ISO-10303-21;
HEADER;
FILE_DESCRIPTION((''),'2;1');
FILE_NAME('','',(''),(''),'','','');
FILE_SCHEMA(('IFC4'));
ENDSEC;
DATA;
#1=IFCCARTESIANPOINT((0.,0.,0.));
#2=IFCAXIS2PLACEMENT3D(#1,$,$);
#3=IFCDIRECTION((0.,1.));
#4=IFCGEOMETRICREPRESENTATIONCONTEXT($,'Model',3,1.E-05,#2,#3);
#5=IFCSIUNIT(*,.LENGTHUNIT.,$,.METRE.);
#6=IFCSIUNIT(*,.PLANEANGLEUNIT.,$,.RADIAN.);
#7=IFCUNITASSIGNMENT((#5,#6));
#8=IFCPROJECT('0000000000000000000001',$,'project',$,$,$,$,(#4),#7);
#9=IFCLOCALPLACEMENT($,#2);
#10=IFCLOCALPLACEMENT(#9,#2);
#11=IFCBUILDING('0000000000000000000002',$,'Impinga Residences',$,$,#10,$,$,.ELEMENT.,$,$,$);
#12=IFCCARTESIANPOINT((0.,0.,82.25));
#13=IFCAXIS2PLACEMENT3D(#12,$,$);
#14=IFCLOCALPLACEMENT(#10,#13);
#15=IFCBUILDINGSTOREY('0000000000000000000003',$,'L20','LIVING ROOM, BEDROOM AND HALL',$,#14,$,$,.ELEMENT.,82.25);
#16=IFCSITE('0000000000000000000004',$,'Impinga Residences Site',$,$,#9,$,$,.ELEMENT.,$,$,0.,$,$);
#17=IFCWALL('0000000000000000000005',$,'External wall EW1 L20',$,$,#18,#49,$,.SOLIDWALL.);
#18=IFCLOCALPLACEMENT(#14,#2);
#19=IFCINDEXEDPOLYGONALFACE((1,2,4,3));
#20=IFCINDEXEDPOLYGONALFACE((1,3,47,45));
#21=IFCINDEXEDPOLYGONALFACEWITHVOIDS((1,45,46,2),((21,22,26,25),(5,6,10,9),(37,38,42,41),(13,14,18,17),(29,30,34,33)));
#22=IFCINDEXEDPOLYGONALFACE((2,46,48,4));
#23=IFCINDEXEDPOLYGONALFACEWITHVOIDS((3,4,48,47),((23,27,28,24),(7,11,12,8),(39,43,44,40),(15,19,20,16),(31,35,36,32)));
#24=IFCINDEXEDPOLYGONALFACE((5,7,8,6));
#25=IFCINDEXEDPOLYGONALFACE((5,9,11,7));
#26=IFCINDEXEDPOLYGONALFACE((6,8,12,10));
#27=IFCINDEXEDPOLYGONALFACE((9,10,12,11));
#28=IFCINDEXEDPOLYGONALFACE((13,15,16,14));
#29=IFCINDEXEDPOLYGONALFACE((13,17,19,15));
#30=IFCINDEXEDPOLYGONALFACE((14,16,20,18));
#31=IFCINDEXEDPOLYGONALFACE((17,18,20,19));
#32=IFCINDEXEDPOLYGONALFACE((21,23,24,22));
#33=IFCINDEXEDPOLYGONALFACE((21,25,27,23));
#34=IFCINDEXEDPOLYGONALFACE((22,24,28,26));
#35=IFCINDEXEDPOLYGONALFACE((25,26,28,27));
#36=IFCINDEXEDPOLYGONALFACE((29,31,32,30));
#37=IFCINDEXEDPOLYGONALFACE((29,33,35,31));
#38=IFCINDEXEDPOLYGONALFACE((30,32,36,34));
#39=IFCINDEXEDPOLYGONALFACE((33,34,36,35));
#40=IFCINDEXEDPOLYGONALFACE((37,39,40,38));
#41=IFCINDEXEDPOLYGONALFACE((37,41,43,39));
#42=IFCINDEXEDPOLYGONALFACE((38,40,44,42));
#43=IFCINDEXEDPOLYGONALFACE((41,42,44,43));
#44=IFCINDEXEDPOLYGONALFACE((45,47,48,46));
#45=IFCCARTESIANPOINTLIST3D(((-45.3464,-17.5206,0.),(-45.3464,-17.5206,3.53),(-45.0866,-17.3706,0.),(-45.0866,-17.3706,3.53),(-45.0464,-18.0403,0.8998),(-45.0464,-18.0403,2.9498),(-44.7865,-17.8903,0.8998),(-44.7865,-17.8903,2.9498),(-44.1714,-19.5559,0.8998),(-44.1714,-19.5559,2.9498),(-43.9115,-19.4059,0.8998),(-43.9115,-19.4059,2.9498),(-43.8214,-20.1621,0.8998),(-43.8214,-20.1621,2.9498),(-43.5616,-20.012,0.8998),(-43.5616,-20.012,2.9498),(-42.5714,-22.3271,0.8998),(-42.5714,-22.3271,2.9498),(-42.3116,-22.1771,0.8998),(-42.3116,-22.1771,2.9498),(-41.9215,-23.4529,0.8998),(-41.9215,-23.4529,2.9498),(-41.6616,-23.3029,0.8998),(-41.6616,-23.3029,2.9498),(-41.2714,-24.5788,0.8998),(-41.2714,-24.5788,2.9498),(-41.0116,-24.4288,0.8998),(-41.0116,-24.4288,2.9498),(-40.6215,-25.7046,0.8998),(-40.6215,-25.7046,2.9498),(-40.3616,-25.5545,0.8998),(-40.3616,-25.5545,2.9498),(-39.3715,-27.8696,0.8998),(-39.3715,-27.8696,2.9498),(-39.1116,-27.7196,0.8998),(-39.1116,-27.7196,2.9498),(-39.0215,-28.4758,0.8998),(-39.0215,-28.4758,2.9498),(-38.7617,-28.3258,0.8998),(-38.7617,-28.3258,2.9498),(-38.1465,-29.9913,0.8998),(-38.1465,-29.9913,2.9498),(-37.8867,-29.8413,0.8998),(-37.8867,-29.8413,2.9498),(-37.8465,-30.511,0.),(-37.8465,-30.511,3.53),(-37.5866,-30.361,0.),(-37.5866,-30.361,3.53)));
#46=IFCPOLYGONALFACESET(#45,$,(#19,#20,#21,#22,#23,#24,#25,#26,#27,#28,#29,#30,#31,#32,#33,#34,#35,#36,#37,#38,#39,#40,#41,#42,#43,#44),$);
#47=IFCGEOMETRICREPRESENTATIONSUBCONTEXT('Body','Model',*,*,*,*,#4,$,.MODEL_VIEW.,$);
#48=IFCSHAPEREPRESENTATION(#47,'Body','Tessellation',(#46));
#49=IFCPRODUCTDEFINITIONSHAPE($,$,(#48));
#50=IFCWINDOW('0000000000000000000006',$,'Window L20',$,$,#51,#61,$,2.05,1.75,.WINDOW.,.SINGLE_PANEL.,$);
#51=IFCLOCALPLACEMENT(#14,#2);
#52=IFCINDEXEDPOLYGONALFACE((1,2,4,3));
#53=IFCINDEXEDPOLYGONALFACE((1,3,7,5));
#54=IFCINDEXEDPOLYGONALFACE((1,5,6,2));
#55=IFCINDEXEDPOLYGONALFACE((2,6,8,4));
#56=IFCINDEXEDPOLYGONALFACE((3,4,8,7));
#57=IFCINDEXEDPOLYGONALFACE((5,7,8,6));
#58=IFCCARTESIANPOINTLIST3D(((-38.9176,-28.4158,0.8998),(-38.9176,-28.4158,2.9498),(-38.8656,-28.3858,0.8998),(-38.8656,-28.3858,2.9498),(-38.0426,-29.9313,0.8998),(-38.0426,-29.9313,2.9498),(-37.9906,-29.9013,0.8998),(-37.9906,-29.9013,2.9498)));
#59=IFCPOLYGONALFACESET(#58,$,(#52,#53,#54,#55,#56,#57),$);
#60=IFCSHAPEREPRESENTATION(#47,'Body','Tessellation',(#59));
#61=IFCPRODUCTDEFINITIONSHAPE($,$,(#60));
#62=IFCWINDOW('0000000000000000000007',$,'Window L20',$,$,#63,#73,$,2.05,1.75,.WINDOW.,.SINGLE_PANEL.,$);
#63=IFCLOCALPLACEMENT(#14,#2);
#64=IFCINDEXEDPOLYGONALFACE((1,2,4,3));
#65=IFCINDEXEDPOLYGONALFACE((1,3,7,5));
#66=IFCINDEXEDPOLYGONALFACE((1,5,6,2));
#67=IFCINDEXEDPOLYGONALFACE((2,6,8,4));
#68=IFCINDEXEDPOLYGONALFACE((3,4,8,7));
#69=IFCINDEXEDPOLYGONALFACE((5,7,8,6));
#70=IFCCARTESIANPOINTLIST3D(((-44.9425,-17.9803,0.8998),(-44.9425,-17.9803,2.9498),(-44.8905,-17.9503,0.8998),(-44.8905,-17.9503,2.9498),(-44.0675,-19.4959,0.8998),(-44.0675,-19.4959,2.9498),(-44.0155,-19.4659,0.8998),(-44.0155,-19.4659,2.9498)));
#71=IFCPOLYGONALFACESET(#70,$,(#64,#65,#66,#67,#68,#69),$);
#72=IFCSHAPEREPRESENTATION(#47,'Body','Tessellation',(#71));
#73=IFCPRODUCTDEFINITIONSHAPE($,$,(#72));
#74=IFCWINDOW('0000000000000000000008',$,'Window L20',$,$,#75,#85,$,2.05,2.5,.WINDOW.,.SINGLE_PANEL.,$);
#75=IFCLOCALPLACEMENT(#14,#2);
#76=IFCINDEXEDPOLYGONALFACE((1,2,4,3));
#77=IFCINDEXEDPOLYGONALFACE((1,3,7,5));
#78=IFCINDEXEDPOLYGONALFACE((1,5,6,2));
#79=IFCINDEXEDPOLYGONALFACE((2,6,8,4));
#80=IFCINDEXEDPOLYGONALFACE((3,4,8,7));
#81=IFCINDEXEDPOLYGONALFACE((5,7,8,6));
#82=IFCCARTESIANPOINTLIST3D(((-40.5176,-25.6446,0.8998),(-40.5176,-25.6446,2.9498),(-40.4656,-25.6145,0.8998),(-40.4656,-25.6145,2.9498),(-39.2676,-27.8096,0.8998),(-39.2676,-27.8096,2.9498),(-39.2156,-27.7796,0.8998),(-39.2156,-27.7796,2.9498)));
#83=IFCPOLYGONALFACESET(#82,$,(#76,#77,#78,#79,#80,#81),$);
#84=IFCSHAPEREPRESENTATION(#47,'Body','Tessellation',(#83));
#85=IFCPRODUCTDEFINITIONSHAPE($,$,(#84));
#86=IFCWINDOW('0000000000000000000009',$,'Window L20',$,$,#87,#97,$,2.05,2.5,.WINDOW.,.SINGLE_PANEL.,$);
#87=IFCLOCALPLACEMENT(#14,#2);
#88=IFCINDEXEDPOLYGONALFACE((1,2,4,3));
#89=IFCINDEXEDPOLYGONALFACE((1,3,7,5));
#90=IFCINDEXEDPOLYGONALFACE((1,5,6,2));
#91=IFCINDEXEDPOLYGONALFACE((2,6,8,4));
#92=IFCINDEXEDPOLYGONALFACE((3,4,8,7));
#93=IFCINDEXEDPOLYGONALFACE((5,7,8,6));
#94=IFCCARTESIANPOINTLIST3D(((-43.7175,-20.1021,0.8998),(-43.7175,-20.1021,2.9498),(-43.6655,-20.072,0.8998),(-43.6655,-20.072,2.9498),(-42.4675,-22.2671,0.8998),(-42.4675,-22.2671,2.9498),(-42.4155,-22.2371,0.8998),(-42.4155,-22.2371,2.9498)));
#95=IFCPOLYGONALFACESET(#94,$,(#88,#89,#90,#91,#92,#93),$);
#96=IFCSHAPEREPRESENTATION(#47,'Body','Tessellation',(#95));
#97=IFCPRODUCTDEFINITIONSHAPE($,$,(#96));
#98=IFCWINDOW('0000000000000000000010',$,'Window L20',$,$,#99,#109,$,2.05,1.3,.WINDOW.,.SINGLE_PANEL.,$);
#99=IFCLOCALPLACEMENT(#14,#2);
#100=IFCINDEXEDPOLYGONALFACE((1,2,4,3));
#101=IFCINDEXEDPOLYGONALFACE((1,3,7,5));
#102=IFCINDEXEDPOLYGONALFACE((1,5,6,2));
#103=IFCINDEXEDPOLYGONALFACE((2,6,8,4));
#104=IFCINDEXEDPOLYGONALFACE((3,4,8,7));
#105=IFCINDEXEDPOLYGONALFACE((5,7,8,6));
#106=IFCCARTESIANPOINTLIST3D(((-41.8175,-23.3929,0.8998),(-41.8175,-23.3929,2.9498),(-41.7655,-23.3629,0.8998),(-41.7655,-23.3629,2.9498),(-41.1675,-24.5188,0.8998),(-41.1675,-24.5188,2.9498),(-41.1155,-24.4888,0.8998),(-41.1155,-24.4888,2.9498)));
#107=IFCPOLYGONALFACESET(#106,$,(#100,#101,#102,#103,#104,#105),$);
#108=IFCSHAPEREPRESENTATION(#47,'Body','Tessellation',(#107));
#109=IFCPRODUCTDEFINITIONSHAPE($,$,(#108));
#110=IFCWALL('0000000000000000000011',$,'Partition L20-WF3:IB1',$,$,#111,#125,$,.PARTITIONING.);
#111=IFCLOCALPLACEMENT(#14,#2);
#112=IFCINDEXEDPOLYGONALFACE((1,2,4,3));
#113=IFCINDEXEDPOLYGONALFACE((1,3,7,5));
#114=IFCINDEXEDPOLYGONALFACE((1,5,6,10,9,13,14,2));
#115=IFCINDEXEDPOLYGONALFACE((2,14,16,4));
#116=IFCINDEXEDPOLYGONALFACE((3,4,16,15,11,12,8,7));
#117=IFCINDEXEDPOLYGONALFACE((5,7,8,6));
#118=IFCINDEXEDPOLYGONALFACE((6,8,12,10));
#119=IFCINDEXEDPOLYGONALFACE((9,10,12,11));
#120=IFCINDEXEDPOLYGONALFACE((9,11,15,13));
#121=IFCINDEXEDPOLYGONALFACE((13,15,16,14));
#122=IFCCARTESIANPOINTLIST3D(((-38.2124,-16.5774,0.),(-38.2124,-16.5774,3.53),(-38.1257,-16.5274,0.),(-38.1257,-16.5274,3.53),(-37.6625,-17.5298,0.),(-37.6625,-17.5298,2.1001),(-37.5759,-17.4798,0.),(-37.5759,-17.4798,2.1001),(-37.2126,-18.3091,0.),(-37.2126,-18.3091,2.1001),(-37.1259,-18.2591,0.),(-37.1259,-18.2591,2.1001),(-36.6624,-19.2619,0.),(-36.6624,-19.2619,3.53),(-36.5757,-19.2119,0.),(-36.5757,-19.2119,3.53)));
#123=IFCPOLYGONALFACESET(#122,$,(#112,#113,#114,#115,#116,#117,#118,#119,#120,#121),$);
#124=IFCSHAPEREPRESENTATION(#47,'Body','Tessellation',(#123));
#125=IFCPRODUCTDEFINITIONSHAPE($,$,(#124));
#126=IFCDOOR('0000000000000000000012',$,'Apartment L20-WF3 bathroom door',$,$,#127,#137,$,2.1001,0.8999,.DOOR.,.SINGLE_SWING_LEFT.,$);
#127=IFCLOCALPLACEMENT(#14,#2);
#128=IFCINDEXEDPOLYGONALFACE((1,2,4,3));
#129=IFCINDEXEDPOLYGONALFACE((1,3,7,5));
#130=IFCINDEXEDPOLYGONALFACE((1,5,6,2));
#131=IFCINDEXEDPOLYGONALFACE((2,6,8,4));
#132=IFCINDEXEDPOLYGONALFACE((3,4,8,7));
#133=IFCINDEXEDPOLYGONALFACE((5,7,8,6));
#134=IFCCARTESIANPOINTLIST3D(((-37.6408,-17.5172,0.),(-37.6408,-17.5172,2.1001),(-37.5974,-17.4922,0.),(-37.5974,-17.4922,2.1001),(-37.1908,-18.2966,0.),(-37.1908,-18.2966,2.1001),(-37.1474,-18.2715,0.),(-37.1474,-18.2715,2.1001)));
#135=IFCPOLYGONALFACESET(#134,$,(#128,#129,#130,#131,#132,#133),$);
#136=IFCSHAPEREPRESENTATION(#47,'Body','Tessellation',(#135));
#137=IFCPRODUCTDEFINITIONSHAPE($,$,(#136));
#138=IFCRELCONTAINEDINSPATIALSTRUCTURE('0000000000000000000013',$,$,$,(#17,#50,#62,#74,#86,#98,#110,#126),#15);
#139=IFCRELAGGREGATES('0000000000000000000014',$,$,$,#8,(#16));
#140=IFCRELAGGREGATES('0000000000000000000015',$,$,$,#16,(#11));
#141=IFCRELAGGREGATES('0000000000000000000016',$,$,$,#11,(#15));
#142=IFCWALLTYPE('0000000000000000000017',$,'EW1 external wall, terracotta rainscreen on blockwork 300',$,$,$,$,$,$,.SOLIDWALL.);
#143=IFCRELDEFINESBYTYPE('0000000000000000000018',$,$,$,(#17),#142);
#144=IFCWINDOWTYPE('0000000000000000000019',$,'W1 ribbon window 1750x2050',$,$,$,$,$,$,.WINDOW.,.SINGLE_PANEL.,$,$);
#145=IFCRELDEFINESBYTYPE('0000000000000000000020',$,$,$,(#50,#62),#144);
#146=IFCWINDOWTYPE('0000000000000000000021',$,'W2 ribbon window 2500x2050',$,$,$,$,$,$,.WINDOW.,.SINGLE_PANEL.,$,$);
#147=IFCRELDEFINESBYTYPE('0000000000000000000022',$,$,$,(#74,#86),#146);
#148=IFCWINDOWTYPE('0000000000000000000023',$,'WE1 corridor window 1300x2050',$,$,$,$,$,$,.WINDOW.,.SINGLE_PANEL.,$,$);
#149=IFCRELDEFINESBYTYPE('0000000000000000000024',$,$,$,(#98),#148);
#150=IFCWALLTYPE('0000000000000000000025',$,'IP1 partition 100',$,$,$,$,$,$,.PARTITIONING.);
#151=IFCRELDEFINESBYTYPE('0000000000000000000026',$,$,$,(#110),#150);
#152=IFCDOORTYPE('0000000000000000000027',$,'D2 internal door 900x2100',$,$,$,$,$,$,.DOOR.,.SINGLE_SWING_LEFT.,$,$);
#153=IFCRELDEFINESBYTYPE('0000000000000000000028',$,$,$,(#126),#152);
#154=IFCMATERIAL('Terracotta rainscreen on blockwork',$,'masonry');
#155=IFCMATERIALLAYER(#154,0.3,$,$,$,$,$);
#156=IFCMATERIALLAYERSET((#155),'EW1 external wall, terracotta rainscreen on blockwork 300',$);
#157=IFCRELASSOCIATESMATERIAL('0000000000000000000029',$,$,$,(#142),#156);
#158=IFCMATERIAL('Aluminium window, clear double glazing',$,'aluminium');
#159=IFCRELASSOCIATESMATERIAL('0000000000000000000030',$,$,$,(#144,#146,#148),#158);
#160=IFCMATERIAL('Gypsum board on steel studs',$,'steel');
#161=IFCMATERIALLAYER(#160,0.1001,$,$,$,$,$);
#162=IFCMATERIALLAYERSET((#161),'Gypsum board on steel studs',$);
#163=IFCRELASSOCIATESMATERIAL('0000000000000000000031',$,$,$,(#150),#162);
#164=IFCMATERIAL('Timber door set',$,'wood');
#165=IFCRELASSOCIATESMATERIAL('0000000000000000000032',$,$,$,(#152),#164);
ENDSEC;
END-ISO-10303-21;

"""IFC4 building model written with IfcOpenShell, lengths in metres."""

from ifc_helpers import new_model, si_unit, direction, frame, frame_2d, origin, place, context, subcontext, project, spatial, rectangle, extrude, material, layer, layer_set, type_object, element, fill, save


model = new_model("IFC4")

# Units and contexts
model_context = context("Model", 3, precision=1e-05, world=origin(), true_north=direction((0.0, 1.0)))
body_context = subcontext(model_context, "Body", "Model", "MODEL_VIEW")
ifc_project = project(units=[si_unit("LENGTHUNIT", "METRE"), si_unit("PLANEANGLEUNIT", "RADIAN")], contexts=[model_context])

# Site, building, storey
site_placement = place(None, origin())
site = spatial("IfcSite", under=ifc_project, at=site_placement, Name="Impinga Residences Site", CompositionType="ELEMENT", RefElevation=0.0)
building_placement = place(site_placement, origin())
building = spatial("IfcBuilding", under=site, at=building_placement, Name="Impinga Residences", CompositionType="ELEMENT")
storey_placement = place(building_placement, frame((0.0, 0.0, 82.25)))
storey = spatial("IfcBuildingStorey", under=building, at=storey_placement, Name="L20", Description="LIVING ROOM, BEDROOM AND HALL", CompositionType="ELEMENT", Elevation=82.25)

# Shared definitions
ifc_material_1 = material(Name="Terracotta rainscreen on blockwork", Category="masonry")
ifc_layer_1 = layer(ifc_material_1, 0.3)
ifc_layer_set_1 = layer_set([ifc_layer_1], Name="EW1 external wall, terracotta rainscreen on blockwork 300")
wall_type_1 = type_object("IfcWallType", Name="EW1 external wall, terracotta rainscreen on blockwork 300", PredefinedType="SOLIDWALL", material=ifc_layer_set_1)

# Wall, openings, windows
wall_1_placement = place(storey_placement, frame((-37.7166, -30.436, 0.0), z_axis=(0.0, 0.0, 1.0), x_axis=(-0.499997, 0.866027, 0.0)))
wall_1 = element("IfcWall", 1, at=wall_1_placement, inside=storey, type_object=wall_type_1, Name="External wall EW1 L20", PredefinedType="SOLIDWALL", context=body_context, shape_type="SweptSolid", body=[
    extrude(rectangle(XDim=15.0, YDim=0.3, at=frame_2d((7.5, 0.0))), origin(), (0.0, 0.0, 1.0), 3.53),
])
opening_1_placement = place(wall_1_placement, frame((0.6001, 0.0, 0.8999)))
opening_1 = element("IfcOpeningElement", 2, at=opening_1_placement, cuts=wall_1, PredefinedType="OPENING", context=body_context, shape_type="SweptSolid", body=[
    extrude(rectangle(XDim=1.75, YDim=2.05, at=frame_2d((0.875, 1.0249))), frame((0.0, 0.1599, 0.0), z_axis=(0.0, -1.0, 0.0), x_axis=(1.0, 0.0, 0.0)), (0.0, 0.0, 1.0), 0.3201),
])
opening_2_placement = place(wall_1_placement, frame((3.05, 0.0, 0.8999)))
opening_2 = element("IfcOpeningElement", 3, at=opening_2_placement, cuts=wall_1, PredefinedType="OPENING", context=body_context, shape_type="SweptSolid", body=[
    extrude(rectangle(XDim=2.5, YDim=2.05, at=frame_2d((1.25, 1.0249))), frame((0.0, 0.1599, 0.0), z_axis=(0.0, -1.0, 0.0), x_axis=(1.0, 0.0, 0.0)), (0.0, 0.0, 1.0), 0.3201),
])
opening_3_placement = place(wall_1_placement, frame((6.8501, 0.0, 0.8999)))
opening_3 = element("IfcOpeningElement", 4, at=opening_3_placement, cuts=wall_1, PredefinedType="OPENING", context=body_context, shape_type="SweptSolid", body=[
    extrude(rectangle(XDim=1.3, YDim=2.05, at=frame_2d((0.6499, 1.0249))), frame((0.0, 0.1599, 0.0), z_axis=(0.0, -1.0, 0.0), x_axis=(1.0, 0.0, 0.0)), (0.0, 0.0, 1.0), 0.3201),
])
opening_4_placement = place(wall_1_placement, frame((9.45, 0.0, 0.8999)))
opening_4 = element("IfcOpeningElement", 5, at=opening_4_placement, cuts=wall_1, PredefinedType="OPENING", context=body_context, shape_type="SweptSolid", body=[
    extrude(rectangle(XDim=2.5, YDim=2.05, at=frame_2d((1.25, 1.0249))), frame((0.0, 0.1599, 0.0), z_axis=(0.0, -1.0, 0.0), x_axis=(1.0, 0.0, 0.0)), (0.0, 0.0, 1.0), 0.3201),
])
opening_5_placement = place(wall_1_placement, frame((12.6499, 0.0, 0.8999)))
opening_5 = element("IfcOpeningElement", 6, at=opening_5_placement, cuts=wall_1, PredefinedType="OPENING", context=body_context, shape_type="SweptSolid", body=[
    extrude(rectangle(XDim=1.75, YDim=2.05, at=frame_2d((0.875, 1.0249))), frame((0.0, 0.1599, 0.0), z_axis=(0.0, -1.0, 0.0), x_axis=(1.0, 0.0, 0.0)), (0.0, 0.0, 1.0), 0.3201),
])
ifc_material_2 = material(Name="Aluminium window, clear double glazing", Category="aluminium")
window_type_1 = type_object("IfcWindowType", Name="W1 ribbon window 1750x2050", PartitioningType="SINGLE_PANEL", PredefinedType="WINDOW", material=ifc_material_2)
window_1_placement = place(opening_1_placement, origin())
window_1 = element("IfcWindow", 7, at=window_1_placement, inside=storey, type_object=window_type_1, Name="Window L20", OverallHeight=2.05, OverallWidth=1.75, PartitioningType="SINGLE_PANEL", PredefinedType="WINDOW", context=body_context, shape_type="SweptSolid", body=[
    extrude(rectangle(XDim=1.75, YDim=2.05, at=frame_2d((0.875, 1.0249))), frame((0.0, 0.03, 0.0), z_axis=(0.0, -1.0, 0.0), x_axis=(1.0, 0.0, 0.0)), (0.0, 0.0, 1.0), 0.0601),
])
fill(opening_1, window_1)
window_2_placement = place(opening_5_placement, origin())
window_2 = element("IfcWindow", 8, at=window_2_placement, inside=storey, type_object=window_type_1, Name="Window L20", OverallHeight=2.05, OverallWidth=1.75, PartitioningType="SINGLE_PANEL", PredefinedType="WINDOW", context=body_context, shape_type="SweptSolid", body=[
    extrude(rectangle(XDim=1.75, YDim=2.05, at=frame_2d((0.875, 1.0249))), frame((0.0, 0.03, 0.0), z_axis=(0.0, -1.0, 0.0), x_axis=(1.0, 0.0, 0.0)), (0.0, 0.0, 1.0), 0.0601),
])
fill(opening_5, window_2)
window_type_2 = type_object("IfcWindowType", Name="W2 ribbon window 2500x2050", PartitioningType="SINGLE_PANEL", PredefinedType="WINDOW", material=ifc_material_2)
window_3_placement = place(opening_2_placement, origin())
window_3 = element("IfcWindow", 9, at=window_3_placement, inside=storey, type_object=window_type_2, Name="Window L20", OverallHeight=2.05, OverallWidth=2.5, PartitioningType="SINGLE_PANEL", PredefinedType="WINDOW", context=body_context, shape_type="SweptSolid", body=[
    extrude(rectangle(XDim=2.5, YDim=2.05, at=frame_2d((1.25, 1.0249))), frame((0.0, 0.03, 0.0), z_axis=(0.0, -1.0, 0.0), x_axis=(1.0, 0.0, 0.0)), (0.0, 0.0, 1.0), 0.0601),
])
fill(opening_2, window_3)
window_4_placement = place(opening_4_placement, origin())
window_4 = element("IfcWindow", 10, at=window_4_placement, inside=storey, type_object=window_type_2, Name="Window L20", OverallHeight=2.05, OverallWidth=2.5, PartitioningType="SINGLE_PANEL", PredefinedType="WINDOW", context=body_context, shape_type="SweptSolid", body=[
    extrude(rectangle(XDim=2.5, YDim=2.05, at=frame_2d((1.25, 1.0249))), frame((0.0, 0.03, 0.0), z_axis=(0.0, -1.0, 0.0), x_axis=(1.0, 0.0, 0.0)), (0.0, 0.0, 1.0), 0.0601),
])
fill(opening_4, window_4)
window_type_3 = type_object("IfcWindowType", Name="WE1 corridor window 1300x2050", PartitioningType="SINGLE_PANEL", PredefinedType="WINDOW", material=ifc_material_2)
window_5_placement = place(opening_3_placement, origin())
window_5 = element("IfcWindow", 11, at=window_5_placement, inside=storey, type_object=window_type_3, Name="Window L20", OverallHeight=2.05, OverallWidth=1.3, PartitioningType="SINGLE_PANEL", PredefinedType="WINDOW", context=body_context, shape_type="SweptSolid", body=[
    extrude(rectangle(XDim=1.3, YDim=2.05, at=frame_2d((0.6499, 1.0249))), frame((0.0, 0.03, 0.0), z_axis=(0.0, -1.0, 0.0), x_axis=(1.0, 0.0, 0.0)), (0.0, 0.0, 1.0), 0.0601),
])
fill(opening_3, window_5)

# Wall, opening, door
ifc_material_3 = material(Name="Gypsum board on steel studs", Category="steel")
ifc_layer_2 = layer(ifc_material_3, 0.1001)
ifc_layer_set_2 = layer_set([ifc_layer_2], Name="Gypsum board on steel studs")
wall_type_2 = type_object("IfcWallType", Name="IP1 partition 100", PredefinedType="PARTITIONING", material=ifc_layer_set_2)
wall_2_placement = place(storey_placement, frame((-36.6191, -19.2368, 0.0), z_axis=(0.0, 0.0, 1.0), x_axis=(-0.500027, 0.86601, 0.0)))
wall_2 = element("IfcWall", 12, at=wall_2_placement, inside=storey, type_object=wall_type_2, Name="Partition L20-WF3:IB1", PredefinedType="PARTITIONING", context=body_context, shape_type="SweptSolid", body=[
    extrude(rectangle(XDim=3.0999, YDim=0.1001, at=frame_2d((1.5498, 0.0))), origin(), (0.0, 0.0, 1.0), 3.53),
])
opening_6_placement = place(wall_2_placement, frame((1.1001, 0.0, 0.0)))
opening_6 = element("IfcOpeningElement", 13, at=opening_6_placement, cuts=wall_2, PredefinedType="OPENING", context=body_context, shape_type="SweptSolid", body=[
    extrude(rectangle(XDim=0.8999, YDim=2.1001, at=frame_2d((0.45, 1.05))), frame((0.0, 0.0601, 0.0), z_axis=(0.0, -1.0, 0.0), x_axis=(1.0, 0.0, 0.0)), (0.0, 0.0, 1.0), 0.1201),
])
ifc_material_4 = material(Name="Timber door set", Category="wood")
door_type = type_object("IfcDoorType", Name="D2 internal door 900x2100", OperationType="SINGLE_SWING_LEFT", PredefinedType="DOOR", material=ifc_material_4)
door_placement = place(opening_6_placement, origin())
door = element("IfcDoor", 14, at=door_placement, inside=storey, type_object=door_type, Name="Apartment L20-WF3 bathroom door", OperationType="SINGLE_SWING_LEFT", OverallHeight=2.1001, OverallWidth=0.8999, PredefinedType="DOOR", context=body_context, shape_type="SweptSolid", body=[
    extrude(rectangle(XDim=0.8999, YDim=2.1001, at=frame_2d((0.45, 1.05))), frame((0.0, 0.0249, 0.0), z_axis=(0.0, -1.0, 0.0), x_axis=(1.0, 0.0, 0.0)), (0.0, 0.0, 1.0), 0.05),
])
fill(opening_6, door)

save(model, "model.ifc")
